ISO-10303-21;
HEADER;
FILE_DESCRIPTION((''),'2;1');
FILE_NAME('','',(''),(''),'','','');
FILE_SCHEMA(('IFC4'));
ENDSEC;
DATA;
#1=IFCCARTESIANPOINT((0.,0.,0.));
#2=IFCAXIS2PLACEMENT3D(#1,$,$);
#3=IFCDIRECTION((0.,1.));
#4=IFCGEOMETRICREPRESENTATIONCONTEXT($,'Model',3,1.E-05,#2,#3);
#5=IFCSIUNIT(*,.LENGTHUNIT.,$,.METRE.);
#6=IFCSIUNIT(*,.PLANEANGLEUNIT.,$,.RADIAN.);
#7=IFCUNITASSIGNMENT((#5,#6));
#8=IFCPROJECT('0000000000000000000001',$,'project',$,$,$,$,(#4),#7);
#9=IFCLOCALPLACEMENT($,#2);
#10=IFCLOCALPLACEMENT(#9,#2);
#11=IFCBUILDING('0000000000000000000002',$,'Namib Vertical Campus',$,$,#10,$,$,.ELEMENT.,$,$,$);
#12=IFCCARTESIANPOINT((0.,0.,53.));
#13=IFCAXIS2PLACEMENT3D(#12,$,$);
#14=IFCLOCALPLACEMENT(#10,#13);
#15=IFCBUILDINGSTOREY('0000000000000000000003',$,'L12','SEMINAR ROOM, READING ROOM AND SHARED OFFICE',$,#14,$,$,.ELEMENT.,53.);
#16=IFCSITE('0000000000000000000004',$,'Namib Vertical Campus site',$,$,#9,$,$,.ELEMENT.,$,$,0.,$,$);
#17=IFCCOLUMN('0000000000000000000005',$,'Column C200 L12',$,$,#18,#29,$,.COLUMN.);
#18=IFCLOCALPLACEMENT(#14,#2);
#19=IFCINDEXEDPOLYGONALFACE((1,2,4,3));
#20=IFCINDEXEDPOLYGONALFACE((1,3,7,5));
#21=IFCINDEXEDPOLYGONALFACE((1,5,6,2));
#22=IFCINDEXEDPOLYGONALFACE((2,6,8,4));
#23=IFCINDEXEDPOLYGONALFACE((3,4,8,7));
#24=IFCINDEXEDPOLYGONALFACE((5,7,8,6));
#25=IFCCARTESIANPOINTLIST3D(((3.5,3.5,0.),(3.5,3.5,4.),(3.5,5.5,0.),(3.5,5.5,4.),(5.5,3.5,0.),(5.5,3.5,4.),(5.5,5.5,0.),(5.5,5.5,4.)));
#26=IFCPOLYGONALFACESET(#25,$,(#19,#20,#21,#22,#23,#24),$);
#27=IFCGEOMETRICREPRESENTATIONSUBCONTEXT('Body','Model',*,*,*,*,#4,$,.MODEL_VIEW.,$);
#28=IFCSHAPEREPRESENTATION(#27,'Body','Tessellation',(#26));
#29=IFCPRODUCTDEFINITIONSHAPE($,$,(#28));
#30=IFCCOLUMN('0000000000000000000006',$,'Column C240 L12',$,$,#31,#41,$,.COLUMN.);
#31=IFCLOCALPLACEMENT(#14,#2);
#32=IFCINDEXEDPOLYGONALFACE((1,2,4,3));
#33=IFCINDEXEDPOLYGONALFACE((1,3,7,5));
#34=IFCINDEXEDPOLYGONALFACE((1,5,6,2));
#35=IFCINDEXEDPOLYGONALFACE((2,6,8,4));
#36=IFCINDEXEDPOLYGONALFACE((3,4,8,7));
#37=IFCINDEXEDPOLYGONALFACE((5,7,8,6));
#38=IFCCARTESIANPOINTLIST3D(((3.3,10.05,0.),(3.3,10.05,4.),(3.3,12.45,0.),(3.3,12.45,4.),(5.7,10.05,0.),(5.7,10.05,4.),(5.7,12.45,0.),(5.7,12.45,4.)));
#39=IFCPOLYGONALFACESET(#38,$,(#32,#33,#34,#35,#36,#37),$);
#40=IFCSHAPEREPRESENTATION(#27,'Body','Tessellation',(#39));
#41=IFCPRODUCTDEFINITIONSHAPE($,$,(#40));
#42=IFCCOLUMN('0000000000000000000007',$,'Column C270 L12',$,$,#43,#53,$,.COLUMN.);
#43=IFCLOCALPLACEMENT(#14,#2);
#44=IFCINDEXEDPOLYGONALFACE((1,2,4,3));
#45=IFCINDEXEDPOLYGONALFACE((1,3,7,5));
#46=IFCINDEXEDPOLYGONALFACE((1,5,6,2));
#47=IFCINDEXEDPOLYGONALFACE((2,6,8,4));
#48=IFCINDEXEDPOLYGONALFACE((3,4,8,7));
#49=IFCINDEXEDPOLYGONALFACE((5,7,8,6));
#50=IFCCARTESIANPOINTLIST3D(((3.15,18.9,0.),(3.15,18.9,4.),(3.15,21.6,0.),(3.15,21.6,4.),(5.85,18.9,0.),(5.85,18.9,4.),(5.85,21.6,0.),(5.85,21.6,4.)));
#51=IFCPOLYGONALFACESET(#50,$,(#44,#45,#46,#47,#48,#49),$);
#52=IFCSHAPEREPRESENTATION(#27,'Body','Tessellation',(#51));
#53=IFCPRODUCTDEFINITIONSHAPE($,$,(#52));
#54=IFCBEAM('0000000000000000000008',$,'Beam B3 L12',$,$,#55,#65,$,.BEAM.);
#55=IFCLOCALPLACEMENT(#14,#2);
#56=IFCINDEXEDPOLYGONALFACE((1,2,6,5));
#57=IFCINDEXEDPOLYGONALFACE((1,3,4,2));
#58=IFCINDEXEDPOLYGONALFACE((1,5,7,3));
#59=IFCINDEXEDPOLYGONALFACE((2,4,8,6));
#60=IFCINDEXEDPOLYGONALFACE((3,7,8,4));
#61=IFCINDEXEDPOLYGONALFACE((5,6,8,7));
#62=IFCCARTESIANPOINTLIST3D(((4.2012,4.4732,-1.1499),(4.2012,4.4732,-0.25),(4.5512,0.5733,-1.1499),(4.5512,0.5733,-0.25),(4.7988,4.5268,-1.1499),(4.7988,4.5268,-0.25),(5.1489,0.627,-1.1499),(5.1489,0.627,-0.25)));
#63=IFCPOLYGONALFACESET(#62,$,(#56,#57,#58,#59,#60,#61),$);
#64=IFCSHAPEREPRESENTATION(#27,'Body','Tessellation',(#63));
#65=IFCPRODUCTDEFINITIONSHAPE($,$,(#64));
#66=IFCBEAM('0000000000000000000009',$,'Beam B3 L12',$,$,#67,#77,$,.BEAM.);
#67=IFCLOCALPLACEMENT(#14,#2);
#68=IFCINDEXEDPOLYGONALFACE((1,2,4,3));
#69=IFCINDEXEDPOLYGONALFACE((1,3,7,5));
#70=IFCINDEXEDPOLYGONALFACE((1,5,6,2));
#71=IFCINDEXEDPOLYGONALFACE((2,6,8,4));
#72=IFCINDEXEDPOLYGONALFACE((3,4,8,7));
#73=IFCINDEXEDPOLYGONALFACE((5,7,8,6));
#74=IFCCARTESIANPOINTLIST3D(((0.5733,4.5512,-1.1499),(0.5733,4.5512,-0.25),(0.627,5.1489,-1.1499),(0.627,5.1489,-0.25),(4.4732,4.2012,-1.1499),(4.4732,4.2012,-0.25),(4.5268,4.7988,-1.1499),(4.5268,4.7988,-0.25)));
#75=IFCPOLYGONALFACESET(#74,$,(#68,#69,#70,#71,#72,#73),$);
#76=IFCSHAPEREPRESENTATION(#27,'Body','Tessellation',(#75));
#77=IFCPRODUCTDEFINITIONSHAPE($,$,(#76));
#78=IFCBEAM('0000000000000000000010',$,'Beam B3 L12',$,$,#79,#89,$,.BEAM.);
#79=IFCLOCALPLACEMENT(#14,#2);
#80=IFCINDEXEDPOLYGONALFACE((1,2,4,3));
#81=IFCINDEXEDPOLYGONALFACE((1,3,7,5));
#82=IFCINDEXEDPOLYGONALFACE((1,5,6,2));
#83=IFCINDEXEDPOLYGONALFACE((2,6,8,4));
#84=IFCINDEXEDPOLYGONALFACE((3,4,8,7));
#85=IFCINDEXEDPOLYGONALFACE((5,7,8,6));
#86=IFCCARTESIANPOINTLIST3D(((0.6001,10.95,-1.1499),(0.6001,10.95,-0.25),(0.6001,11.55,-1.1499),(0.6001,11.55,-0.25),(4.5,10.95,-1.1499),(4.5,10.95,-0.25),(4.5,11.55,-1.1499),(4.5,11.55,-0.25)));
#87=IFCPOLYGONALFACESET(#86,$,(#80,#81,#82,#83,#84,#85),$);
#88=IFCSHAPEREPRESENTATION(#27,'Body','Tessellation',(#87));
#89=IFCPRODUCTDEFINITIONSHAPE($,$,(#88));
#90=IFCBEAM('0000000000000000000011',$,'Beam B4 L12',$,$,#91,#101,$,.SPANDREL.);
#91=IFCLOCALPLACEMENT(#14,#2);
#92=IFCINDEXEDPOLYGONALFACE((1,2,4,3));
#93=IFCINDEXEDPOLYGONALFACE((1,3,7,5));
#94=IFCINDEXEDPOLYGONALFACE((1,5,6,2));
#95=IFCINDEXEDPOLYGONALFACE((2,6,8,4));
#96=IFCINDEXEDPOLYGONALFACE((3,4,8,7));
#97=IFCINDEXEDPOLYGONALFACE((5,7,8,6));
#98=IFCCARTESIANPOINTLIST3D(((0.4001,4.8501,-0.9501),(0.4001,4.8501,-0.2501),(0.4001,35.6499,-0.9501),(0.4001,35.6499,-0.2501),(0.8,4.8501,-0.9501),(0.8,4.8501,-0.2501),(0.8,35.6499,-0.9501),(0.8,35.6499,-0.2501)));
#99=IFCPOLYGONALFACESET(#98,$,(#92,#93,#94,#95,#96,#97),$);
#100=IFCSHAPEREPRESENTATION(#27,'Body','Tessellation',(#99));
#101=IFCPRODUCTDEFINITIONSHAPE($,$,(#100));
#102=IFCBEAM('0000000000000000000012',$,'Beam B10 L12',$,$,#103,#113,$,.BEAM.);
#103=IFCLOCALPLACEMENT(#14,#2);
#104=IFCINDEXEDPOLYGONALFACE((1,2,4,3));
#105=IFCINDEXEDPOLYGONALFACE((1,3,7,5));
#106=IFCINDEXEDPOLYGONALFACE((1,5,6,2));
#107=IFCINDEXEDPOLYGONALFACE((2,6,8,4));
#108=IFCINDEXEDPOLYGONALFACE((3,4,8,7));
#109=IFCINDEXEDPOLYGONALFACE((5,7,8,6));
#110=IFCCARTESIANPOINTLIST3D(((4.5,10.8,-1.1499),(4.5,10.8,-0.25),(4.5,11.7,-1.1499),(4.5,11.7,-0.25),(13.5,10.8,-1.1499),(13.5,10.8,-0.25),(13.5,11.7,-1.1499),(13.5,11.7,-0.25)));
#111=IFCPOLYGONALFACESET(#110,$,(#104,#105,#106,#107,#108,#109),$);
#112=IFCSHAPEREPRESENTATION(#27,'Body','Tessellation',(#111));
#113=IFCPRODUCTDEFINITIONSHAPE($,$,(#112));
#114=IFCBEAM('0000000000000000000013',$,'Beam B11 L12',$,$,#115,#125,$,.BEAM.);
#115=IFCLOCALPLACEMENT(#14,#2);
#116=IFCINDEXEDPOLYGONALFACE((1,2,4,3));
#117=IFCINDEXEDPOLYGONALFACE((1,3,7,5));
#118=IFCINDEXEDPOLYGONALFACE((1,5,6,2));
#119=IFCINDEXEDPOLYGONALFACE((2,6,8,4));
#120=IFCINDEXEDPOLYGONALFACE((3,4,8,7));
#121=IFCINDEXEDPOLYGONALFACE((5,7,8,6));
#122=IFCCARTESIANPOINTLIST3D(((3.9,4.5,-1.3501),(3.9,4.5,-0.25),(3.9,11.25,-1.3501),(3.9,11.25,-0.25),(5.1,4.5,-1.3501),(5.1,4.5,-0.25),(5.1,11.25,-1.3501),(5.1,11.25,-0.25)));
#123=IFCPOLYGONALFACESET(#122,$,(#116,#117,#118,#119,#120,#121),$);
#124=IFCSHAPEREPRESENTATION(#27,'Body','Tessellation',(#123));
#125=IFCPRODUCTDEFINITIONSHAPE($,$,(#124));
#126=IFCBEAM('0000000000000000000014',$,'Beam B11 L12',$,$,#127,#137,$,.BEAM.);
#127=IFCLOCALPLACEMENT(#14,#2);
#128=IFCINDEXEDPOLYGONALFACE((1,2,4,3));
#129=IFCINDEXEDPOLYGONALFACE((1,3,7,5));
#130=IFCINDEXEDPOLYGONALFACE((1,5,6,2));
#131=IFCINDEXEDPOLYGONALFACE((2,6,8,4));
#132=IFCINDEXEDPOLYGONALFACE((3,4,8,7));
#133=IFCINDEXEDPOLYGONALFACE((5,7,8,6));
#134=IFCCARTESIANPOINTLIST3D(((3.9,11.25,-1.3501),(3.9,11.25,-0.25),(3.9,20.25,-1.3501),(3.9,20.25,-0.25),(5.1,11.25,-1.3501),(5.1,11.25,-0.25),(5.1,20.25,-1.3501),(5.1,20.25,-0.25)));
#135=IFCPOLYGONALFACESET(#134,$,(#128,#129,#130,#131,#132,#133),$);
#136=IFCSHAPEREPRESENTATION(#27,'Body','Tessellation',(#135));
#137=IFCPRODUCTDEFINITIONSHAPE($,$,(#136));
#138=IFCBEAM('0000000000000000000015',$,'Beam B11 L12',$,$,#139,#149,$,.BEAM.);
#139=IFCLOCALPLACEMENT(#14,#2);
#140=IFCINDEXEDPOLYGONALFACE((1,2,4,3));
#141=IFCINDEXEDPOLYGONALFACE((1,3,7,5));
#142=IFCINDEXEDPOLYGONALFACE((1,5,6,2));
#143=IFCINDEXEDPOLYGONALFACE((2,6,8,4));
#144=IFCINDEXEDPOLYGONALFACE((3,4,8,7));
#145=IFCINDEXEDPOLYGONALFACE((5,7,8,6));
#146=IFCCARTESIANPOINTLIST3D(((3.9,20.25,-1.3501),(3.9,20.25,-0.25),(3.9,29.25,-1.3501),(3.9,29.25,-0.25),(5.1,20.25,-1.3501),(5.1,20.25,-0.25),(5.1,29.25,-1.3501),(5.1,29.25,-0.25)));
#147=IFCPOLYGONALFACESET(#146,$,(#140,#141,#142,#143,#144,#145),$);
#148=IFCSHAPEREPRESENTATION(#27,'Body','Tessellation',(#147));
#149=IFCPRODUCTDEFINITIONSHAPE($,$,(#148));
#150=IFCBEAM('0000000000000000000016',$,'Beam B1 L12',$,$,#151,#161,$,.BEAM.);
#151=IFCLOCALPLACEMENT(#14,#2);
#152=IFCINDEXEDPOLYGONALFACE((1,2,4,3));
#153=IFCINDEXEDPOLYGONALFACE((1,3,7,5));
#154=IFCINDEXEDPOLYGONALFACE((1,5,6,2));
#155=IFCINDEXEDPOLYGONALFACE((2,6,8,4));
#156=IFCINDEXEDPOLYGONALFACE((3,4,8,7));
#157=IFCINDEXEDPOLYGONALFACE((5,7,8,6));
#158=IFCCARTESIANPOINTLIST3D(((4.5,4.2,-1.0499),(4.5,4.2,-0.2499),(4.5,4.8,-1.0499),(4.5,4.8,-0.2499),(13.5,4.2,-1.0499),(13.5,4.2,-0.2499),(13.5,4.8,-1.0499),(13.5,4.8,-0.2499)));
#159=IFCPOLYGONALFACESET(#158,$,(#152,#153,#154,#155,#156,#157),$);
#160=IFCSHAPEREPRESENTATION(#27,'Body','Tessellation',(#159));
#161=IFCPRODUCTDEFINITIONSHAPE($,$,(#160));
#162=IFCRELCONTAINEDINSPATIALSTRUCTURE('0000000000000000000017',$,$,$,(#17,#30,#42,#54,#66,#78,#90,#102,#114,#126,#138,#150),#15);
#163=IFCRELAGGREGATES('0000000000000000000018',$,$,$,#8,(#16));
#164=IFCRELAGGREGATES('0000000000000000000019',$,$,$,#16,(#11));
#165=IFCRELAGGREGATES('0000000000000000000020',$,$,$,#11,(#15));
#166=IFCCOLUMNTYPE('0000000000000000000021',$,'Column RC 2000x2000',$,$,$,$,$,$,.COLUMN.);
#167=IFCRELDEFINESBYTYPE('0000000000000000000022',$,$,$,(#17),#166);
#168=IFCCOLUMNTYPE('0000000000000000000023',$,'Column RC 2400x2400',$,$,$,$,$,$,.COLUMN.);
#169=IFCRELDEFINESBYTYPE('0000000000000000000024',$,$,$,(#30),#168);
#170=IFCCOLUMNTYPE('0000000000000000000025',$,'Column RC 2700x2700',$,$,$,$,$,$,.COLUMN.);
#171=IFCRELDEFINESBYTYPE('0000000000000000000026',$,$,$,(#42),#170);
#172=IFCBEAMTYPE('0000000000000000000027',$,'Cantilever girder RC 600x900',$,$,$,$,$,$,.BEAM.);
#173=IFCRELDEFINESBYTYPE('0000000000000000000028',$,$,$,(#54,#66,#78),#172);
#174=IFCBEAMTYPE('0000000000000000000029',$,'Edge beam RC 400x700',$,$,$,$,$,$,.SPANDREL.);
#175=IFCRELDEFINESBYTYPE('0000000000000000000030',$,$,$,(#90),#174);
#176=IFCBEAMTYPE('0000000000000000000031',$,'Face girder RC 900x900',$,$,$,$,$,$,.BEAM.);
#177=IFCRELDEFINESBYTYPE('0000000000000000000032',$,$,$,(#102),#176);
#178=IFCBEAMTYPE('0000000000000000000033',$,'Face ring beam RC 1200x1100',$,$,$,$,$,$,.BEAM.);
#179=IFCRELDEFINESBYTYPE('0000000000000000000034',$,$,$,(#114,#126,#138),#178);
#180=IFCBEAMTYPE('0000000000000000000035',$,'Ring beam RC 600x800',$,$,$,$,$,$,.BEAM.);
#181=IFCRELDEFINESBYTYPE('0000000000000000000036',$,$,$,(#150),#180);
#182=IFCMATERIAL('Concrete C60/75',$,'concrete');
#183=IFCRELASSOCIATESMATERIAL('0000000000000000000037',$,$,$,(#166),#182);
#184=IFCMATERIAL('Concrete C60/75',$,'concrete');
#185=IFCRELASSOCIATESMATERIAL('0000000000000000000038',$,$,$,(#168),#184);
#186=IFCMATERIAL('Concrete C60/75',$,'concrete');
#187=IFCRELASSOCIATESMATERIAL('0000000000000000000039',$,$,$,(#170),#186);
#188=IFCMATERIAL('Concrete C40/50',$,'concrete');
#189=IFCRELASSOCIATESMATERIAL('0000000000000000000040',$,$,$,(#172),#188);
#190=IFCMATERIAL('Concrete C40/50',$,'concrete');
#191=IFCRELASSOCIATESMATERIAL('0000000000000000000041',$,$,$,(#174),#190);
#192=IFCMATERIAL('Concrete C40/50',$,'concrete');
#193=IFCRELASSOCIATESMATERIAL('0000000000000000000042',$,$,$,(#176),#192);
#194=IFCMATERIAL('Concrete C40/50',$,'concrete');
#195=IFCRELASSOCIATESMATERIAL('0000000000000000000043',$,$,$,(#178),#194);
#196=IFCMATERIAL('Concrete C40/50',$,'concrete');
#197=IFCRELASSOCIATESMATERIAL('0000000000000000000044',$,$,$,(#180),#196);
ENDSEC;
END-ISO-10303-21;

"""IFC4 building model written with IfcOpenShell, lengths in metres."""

from ifc_helpers import new_model, si_unit, direction, frame, origin, origin_2d, place, context, subcontext, project, spatial, rectangle, extrude, material, material_profile, profile_set, type_object, element, save


model = new_model("IFC4")

# Units and contexts
model_context = context("Model", 3, precision=1e-05, world=origin(), true_north=direction((0.0, 1.0)))
body_context = subcontext(model_context, "Body", "Model", "MODEL_VIEW")
ifc_project = project(units=[si_unit("LENGTHUNIT", "METRE"), si_unit("PLANEANGLEUNIT", "RADIAN")], contexts=[model_context])

# Site, building, storey
site_placement = place(None, origin())
site = spatial("IfcSite", under=ifc_project, at=site_placement, Name="Namib Vertical Campus site", CompositionType="ELEMENT", RefElevation=0.0)
building_placement = place(site_placement, origin())
building = spatial("IfcBuilding", under=site, at=building_placement, Name="Namib Vertical Campus", CompositionType="ELEMENT")
storey_placement = place(building_placement, frame((0.0, 0.0, 53.0)))
storey = spatial("IfcBuildingStorey", under=building, at=storey_placement, Name="L12", Description="SEMINAR ROOM, READING ROOM AND SHARED OFFICE", CompositionType="ELEMENT", Elevation=53.0)

# Columns
ifc_material_1 = material(Name="Concrete C60/75", Category="concrete")
ifc_material_profile_1 = material_profile(ifc_material_1, rectangle(XDim=2.0, YDim=2.0, at=origin_2d()))
ifc_profile_set_1 = profile_set([ifc_material_profile_1], Name="Concrete C60/75")
column_type_1 = type_object("IfcColumnType", Name="Column RC 2000x2000", PredefinedType="COLUMN", material=ifc_profile_set_1)
column_1_placement = place(storey_placement, frame((4.5, 4.5, 0.0), z_axis=(0.0, 0.0, 1.0), x_axis=(1.0, 0.0, 0.0)))
element("IfcColumn", 1, at=column_1_placement, inside=storey, type_object=column_type_1, Name="Column C200 L12", PredefinedType="COLUMN", context=body_context, shape_type="SweptSolid", body=[
    extrude(rectangle(XDim=2.0, YDim=2.0, at=origin_2d()), origin(), (0.0, 0.0, 1.0), 4.0),
])
ifc_material_2 = material(Name="Concrete C60/75", Category="concrete")
ifc_material_profile_2 = material_profile(ifc_material_2, rectangle(XDim=2.3999, YDim=2.3999, at=origin_2d()))
ifc_profile_set_2 = profile_set([ifc_material_profile_2], Name="Concrete C60/75")
column_type_2 = type_object("IfcColumnType", Name="Column RC 2400x2400", PredefinedType="COLUMN", material=ifc_profile_set_2)
column_2_placement = place(storey_placement, frame((4.5, 11.25, 0.0), z_axis=(0.0, 0.0, 1.0), x_axis=(1.0, 0.0, 0.0)))
element("IfcColumn", 2, at=column_2_placement, inside=storey, type_object=column_type_2, Name="Column C240 L12", PredefinedType="COLUMN", context=body_context, shape_type="SweptSolid", body=[
    extrude(rectangle(XDim=2.3999, YDim=2.3999, at=origin_2d()), origin(), (0.0, 0.0, 1.0), 4.0),
])
ifc_material_3 = material(Name="Concrete C60/75", Category="concrete")
ifc_material_profile_3 = material_profile(ifc_material_3, rectangle(XDim=2.7, YDim=2.7, at=origin_2d()))
ifc_profile_set_3 = profile_set([ifc_material_profile_3], Name="Concrete C60/75")
column_type_3 = type_object("IfcColumnType", Name="Column RC 2700x2700", PredefinedType="COLUMN", material=ifc_profile_set_3)
column_3_placement = place(storey_placement, frame((4.5, 20.25, 0.0), z_axis=(0.0, 0.0, 1.0), x_axis=(1.0, 0.0, 0.0)))
element("IfcColumn", 3, at=column_3_placement, inside=storey, type_object=column_type_3, Name="Column C270 L12", PredefinedType="COLUMN", context=body_context, shape_type="SweptSolid", body=[
    extrude(rectangle(XDim=2.7, YDim=2.7, at=origin_2d()), origin(), (0.0, 0.0, 1.0), 4.0),
])

# Beams
ifc_material_4 = material(Name="Concrete C40/50", Category="concrete")
ifc_material_profile_4 = material_profile(ifc_material_4, rectangle(XDim=0.6001, YDim=0.8999, at=origin_2d()))
ifc_profile_set_4 = profile_set([ifc_material_profile_4], Name="Concrete C40/50")
beam_type_1 = type_object("IfcBeamType", Name="Cantilever girder RC 600x900", PredefinedType="BEAM", material=ifc_profile_set_4)
for number, where, z_axis, x_axis, name in (
    (4, (4.5, 4.5, -0.7), (0.089411, -0.995995, 0.0), (0.995995, 0.089411, 0.0), "Beam B3 L12"),
    (5, (4.5, 4.5, -0.7), (-0.995995, 0.089411, 0.0), (-0.089411, -0.995995, 0.0), "Beam B3 L12"),
):
    element("IfcBeam", number, at=place(storey_placement, frame(where, z_axis=z_axis, x_axis=x_axis)), inside=storey, type_object=beam_type_1, Name=name, PredefinedType="BEAM", context=body_context, shape_type="SweptSolid", body=[
        extrude(rectangle(XDim=0.6001, YDim=0.8999, at=origin_2d()), origin(), (0.0, 0.0, 1.0), 3.9155),
    ])
beam_1_placement = place(storey_placement, frame((4.5, 11.25, -0.7), z_axis=(-1.0, 0.0, 0.0), x_axis=(0.0, -1.0, 0.0)))
element("IfcBeam", 6, at=beam_1_placement, inside=storey, type_object=beam_type_1, Name="Beam B3 L12", PredefinedType="BEAM", context=body_context, shape_type="SweptSolid", body=[
    extrude(rectangle(XDim=0.6001, YDim=0.8999, at=origin_2d()), origin(), (0.0, 0.0, 1.0), 3.8999),
])
ifc_material_5 = material(Name="Concrete C40/50", Category="concrete")
ifc_material_profile_5 = material_profile(ifc_material_5, rectangle(XDim=0.3999, YDim=0.7, at=origin_2d()))
ifc_profile_set_5 = profile_set([ifc_material_profile_5], Name="Concrete C40/50")
beam_type_2 = type_object("IfcBeamType", Name="Edge beam RC 400x700", PredefinedType="SPANDREL", material=ifc_profile_set_5)
beam_2_placement = place(storey_placement, frame((0.6001, 4.8501, -0.6001), z_axis=(0.0, 1.0, 0.0), x_axis=(-1.0, 0.0, 0.0)))
element("IfcBeam", 7, at=beam_2_placement, inside=storey, type_object=beam_type_2, Name="Beam B4 L12", PredefinedType="SPANDREL", context=body_context, shape_type="SweptSolid", body=[
    extrude(rectangle(XDim=0.3999, YDim=0.7, at=origin_2d()), origin(), (0.0, 0.0, 1.0), 30.7998),
])
ifc_material_6 = material(Name="Concrete C40/50", Category="concrete")
ifc_material_profile_6 = material_profile(ifc_material_6, rectangle(XDim=0.8999, YDim=0.8999, at=origin_2d()))
ifc_profile_set_6 = profile_set([ifc_material_profile_6], Name="Concrete C40/50")
beam_type_3 = type_object("IfcBeamType", Name="Face girder RC 900x900", PredefinedType="BEAM", material=ifc_profile_set_6)
beam_3_placement = place(storey_placement, frame((4.5, 11.25, -0.7), z_axis=(1.0, 0.0, 0.0), x_axis=(0.0, 1.0, 0.0)))
element("IfcBeam", 8, at=beam_3_placement, inside=storey, type_object=beam_type_3, Name="Beam B10 L12", PredefinedType="BEAM", context=body_context, shape_type="SweptSolid", body=[
    extrude(rectangle(XDim=0.8999, YDim=0.8999, at=origin_2d()), origin(), (0.0, 0.0, 1.0), 9.0),
])
ifc_material_7 = material(Name="Concrete C40/50", Category="concrete")
ifc_material_profile_7 = material_profile(ifc_material_7, rectangle(XDim=1.2, YDim=1.1001, at=origin_2d()))
ifc_profile_set_7 = profile_set([ifc_material_profile_7], Name="Concrete C40/50")
beam_type_4 = type_object("IfcBeamType", Name="Face ring beam RC 1200x1100", PredefinedType="BEAM", material=ifc_profile_set_7)
beam_4_placement = place(storey_placement, frame((4.5, 4.5, -0.8), z_axis=(0.0, 1.0, 0.0), x_axis=(-1.0, 0.0, 0.0)))
element("IfcBeam", 9, at=beam_4_placement, inside=storey, type_object=beam_type_4, Name="Beam B11 L12", PredefinedType="BEAM", context=body_context, shape_type="SweptSolid", body=[
    extrude(rectangle(XDim=1.2, YDim=1.1001, at=origin_2d()), origin(), (0.0, 0.0, 1.0), 6.75),
])
for number, where, z_axis, x_axis, name in (
    (10, (4.5, 11.25, -0.8), (0.0, 1.0, 0.0), (-1.0, 0.0, 0.0), "Beam B11 L12"),
    (11, (4.5, 20.25, -0.8), (0.0, 1.0, 0.0), (-1.0, 0.0, 0.0), "Beam B11 L12"),
):
    element("IfcBeam", number, at=place(storey_placement, frame(where, z_axis=z_axis, x_axis=x_axis)), inside=storey, type_object=beam_type_4, Name=name, PredefinedType="BEAM", context=body_context, shape_type="SweptSolid", body=[
        extrude(rectangle(XDim=1.2, YDim=1.1001, at=origin_2d()), origin(), (0.0, 0.0, 1.0), 9.0),
    ])
ifc_material_8 = material(Name="Concrete C40/50", Category="concrete")
ifc_material_profile_8 = material_profile(ifc_material_8, rectangle(XDim=0.6001, YDim=0.8, at=origin_2d()))
ifc_profile_set_8 = profile_set([ifc_material_profile_8], Name="Concrete C40/50")
beam_type_5 = type_object("IfcBeamType", Name="Ring beam RC 600x800", PredefinedType="BEAM", material=ifc_profile_set_8)
beam_5_placement = place(storey_placement, frame((4.5, 4.5, -0.6499), z_axis=(1.0, 0.0, 0.0), x_axis=(0.0, 1.0, 0.0)))
element("IfcBeam", 12, at=beam_5_placement, inside=storey, type_object=beam_type_5, Name="Beam B1 L12", PredefinedType="BEAM", context=body_context, shape_type="SweptSolid", body=[
    extrude(rectangle(XDim=0.6001, YDim=0.8, at=origin_2d()), origin(), (0.0, 0.0, 1.0), 9.0),
])

save(model, "model.ifc")
